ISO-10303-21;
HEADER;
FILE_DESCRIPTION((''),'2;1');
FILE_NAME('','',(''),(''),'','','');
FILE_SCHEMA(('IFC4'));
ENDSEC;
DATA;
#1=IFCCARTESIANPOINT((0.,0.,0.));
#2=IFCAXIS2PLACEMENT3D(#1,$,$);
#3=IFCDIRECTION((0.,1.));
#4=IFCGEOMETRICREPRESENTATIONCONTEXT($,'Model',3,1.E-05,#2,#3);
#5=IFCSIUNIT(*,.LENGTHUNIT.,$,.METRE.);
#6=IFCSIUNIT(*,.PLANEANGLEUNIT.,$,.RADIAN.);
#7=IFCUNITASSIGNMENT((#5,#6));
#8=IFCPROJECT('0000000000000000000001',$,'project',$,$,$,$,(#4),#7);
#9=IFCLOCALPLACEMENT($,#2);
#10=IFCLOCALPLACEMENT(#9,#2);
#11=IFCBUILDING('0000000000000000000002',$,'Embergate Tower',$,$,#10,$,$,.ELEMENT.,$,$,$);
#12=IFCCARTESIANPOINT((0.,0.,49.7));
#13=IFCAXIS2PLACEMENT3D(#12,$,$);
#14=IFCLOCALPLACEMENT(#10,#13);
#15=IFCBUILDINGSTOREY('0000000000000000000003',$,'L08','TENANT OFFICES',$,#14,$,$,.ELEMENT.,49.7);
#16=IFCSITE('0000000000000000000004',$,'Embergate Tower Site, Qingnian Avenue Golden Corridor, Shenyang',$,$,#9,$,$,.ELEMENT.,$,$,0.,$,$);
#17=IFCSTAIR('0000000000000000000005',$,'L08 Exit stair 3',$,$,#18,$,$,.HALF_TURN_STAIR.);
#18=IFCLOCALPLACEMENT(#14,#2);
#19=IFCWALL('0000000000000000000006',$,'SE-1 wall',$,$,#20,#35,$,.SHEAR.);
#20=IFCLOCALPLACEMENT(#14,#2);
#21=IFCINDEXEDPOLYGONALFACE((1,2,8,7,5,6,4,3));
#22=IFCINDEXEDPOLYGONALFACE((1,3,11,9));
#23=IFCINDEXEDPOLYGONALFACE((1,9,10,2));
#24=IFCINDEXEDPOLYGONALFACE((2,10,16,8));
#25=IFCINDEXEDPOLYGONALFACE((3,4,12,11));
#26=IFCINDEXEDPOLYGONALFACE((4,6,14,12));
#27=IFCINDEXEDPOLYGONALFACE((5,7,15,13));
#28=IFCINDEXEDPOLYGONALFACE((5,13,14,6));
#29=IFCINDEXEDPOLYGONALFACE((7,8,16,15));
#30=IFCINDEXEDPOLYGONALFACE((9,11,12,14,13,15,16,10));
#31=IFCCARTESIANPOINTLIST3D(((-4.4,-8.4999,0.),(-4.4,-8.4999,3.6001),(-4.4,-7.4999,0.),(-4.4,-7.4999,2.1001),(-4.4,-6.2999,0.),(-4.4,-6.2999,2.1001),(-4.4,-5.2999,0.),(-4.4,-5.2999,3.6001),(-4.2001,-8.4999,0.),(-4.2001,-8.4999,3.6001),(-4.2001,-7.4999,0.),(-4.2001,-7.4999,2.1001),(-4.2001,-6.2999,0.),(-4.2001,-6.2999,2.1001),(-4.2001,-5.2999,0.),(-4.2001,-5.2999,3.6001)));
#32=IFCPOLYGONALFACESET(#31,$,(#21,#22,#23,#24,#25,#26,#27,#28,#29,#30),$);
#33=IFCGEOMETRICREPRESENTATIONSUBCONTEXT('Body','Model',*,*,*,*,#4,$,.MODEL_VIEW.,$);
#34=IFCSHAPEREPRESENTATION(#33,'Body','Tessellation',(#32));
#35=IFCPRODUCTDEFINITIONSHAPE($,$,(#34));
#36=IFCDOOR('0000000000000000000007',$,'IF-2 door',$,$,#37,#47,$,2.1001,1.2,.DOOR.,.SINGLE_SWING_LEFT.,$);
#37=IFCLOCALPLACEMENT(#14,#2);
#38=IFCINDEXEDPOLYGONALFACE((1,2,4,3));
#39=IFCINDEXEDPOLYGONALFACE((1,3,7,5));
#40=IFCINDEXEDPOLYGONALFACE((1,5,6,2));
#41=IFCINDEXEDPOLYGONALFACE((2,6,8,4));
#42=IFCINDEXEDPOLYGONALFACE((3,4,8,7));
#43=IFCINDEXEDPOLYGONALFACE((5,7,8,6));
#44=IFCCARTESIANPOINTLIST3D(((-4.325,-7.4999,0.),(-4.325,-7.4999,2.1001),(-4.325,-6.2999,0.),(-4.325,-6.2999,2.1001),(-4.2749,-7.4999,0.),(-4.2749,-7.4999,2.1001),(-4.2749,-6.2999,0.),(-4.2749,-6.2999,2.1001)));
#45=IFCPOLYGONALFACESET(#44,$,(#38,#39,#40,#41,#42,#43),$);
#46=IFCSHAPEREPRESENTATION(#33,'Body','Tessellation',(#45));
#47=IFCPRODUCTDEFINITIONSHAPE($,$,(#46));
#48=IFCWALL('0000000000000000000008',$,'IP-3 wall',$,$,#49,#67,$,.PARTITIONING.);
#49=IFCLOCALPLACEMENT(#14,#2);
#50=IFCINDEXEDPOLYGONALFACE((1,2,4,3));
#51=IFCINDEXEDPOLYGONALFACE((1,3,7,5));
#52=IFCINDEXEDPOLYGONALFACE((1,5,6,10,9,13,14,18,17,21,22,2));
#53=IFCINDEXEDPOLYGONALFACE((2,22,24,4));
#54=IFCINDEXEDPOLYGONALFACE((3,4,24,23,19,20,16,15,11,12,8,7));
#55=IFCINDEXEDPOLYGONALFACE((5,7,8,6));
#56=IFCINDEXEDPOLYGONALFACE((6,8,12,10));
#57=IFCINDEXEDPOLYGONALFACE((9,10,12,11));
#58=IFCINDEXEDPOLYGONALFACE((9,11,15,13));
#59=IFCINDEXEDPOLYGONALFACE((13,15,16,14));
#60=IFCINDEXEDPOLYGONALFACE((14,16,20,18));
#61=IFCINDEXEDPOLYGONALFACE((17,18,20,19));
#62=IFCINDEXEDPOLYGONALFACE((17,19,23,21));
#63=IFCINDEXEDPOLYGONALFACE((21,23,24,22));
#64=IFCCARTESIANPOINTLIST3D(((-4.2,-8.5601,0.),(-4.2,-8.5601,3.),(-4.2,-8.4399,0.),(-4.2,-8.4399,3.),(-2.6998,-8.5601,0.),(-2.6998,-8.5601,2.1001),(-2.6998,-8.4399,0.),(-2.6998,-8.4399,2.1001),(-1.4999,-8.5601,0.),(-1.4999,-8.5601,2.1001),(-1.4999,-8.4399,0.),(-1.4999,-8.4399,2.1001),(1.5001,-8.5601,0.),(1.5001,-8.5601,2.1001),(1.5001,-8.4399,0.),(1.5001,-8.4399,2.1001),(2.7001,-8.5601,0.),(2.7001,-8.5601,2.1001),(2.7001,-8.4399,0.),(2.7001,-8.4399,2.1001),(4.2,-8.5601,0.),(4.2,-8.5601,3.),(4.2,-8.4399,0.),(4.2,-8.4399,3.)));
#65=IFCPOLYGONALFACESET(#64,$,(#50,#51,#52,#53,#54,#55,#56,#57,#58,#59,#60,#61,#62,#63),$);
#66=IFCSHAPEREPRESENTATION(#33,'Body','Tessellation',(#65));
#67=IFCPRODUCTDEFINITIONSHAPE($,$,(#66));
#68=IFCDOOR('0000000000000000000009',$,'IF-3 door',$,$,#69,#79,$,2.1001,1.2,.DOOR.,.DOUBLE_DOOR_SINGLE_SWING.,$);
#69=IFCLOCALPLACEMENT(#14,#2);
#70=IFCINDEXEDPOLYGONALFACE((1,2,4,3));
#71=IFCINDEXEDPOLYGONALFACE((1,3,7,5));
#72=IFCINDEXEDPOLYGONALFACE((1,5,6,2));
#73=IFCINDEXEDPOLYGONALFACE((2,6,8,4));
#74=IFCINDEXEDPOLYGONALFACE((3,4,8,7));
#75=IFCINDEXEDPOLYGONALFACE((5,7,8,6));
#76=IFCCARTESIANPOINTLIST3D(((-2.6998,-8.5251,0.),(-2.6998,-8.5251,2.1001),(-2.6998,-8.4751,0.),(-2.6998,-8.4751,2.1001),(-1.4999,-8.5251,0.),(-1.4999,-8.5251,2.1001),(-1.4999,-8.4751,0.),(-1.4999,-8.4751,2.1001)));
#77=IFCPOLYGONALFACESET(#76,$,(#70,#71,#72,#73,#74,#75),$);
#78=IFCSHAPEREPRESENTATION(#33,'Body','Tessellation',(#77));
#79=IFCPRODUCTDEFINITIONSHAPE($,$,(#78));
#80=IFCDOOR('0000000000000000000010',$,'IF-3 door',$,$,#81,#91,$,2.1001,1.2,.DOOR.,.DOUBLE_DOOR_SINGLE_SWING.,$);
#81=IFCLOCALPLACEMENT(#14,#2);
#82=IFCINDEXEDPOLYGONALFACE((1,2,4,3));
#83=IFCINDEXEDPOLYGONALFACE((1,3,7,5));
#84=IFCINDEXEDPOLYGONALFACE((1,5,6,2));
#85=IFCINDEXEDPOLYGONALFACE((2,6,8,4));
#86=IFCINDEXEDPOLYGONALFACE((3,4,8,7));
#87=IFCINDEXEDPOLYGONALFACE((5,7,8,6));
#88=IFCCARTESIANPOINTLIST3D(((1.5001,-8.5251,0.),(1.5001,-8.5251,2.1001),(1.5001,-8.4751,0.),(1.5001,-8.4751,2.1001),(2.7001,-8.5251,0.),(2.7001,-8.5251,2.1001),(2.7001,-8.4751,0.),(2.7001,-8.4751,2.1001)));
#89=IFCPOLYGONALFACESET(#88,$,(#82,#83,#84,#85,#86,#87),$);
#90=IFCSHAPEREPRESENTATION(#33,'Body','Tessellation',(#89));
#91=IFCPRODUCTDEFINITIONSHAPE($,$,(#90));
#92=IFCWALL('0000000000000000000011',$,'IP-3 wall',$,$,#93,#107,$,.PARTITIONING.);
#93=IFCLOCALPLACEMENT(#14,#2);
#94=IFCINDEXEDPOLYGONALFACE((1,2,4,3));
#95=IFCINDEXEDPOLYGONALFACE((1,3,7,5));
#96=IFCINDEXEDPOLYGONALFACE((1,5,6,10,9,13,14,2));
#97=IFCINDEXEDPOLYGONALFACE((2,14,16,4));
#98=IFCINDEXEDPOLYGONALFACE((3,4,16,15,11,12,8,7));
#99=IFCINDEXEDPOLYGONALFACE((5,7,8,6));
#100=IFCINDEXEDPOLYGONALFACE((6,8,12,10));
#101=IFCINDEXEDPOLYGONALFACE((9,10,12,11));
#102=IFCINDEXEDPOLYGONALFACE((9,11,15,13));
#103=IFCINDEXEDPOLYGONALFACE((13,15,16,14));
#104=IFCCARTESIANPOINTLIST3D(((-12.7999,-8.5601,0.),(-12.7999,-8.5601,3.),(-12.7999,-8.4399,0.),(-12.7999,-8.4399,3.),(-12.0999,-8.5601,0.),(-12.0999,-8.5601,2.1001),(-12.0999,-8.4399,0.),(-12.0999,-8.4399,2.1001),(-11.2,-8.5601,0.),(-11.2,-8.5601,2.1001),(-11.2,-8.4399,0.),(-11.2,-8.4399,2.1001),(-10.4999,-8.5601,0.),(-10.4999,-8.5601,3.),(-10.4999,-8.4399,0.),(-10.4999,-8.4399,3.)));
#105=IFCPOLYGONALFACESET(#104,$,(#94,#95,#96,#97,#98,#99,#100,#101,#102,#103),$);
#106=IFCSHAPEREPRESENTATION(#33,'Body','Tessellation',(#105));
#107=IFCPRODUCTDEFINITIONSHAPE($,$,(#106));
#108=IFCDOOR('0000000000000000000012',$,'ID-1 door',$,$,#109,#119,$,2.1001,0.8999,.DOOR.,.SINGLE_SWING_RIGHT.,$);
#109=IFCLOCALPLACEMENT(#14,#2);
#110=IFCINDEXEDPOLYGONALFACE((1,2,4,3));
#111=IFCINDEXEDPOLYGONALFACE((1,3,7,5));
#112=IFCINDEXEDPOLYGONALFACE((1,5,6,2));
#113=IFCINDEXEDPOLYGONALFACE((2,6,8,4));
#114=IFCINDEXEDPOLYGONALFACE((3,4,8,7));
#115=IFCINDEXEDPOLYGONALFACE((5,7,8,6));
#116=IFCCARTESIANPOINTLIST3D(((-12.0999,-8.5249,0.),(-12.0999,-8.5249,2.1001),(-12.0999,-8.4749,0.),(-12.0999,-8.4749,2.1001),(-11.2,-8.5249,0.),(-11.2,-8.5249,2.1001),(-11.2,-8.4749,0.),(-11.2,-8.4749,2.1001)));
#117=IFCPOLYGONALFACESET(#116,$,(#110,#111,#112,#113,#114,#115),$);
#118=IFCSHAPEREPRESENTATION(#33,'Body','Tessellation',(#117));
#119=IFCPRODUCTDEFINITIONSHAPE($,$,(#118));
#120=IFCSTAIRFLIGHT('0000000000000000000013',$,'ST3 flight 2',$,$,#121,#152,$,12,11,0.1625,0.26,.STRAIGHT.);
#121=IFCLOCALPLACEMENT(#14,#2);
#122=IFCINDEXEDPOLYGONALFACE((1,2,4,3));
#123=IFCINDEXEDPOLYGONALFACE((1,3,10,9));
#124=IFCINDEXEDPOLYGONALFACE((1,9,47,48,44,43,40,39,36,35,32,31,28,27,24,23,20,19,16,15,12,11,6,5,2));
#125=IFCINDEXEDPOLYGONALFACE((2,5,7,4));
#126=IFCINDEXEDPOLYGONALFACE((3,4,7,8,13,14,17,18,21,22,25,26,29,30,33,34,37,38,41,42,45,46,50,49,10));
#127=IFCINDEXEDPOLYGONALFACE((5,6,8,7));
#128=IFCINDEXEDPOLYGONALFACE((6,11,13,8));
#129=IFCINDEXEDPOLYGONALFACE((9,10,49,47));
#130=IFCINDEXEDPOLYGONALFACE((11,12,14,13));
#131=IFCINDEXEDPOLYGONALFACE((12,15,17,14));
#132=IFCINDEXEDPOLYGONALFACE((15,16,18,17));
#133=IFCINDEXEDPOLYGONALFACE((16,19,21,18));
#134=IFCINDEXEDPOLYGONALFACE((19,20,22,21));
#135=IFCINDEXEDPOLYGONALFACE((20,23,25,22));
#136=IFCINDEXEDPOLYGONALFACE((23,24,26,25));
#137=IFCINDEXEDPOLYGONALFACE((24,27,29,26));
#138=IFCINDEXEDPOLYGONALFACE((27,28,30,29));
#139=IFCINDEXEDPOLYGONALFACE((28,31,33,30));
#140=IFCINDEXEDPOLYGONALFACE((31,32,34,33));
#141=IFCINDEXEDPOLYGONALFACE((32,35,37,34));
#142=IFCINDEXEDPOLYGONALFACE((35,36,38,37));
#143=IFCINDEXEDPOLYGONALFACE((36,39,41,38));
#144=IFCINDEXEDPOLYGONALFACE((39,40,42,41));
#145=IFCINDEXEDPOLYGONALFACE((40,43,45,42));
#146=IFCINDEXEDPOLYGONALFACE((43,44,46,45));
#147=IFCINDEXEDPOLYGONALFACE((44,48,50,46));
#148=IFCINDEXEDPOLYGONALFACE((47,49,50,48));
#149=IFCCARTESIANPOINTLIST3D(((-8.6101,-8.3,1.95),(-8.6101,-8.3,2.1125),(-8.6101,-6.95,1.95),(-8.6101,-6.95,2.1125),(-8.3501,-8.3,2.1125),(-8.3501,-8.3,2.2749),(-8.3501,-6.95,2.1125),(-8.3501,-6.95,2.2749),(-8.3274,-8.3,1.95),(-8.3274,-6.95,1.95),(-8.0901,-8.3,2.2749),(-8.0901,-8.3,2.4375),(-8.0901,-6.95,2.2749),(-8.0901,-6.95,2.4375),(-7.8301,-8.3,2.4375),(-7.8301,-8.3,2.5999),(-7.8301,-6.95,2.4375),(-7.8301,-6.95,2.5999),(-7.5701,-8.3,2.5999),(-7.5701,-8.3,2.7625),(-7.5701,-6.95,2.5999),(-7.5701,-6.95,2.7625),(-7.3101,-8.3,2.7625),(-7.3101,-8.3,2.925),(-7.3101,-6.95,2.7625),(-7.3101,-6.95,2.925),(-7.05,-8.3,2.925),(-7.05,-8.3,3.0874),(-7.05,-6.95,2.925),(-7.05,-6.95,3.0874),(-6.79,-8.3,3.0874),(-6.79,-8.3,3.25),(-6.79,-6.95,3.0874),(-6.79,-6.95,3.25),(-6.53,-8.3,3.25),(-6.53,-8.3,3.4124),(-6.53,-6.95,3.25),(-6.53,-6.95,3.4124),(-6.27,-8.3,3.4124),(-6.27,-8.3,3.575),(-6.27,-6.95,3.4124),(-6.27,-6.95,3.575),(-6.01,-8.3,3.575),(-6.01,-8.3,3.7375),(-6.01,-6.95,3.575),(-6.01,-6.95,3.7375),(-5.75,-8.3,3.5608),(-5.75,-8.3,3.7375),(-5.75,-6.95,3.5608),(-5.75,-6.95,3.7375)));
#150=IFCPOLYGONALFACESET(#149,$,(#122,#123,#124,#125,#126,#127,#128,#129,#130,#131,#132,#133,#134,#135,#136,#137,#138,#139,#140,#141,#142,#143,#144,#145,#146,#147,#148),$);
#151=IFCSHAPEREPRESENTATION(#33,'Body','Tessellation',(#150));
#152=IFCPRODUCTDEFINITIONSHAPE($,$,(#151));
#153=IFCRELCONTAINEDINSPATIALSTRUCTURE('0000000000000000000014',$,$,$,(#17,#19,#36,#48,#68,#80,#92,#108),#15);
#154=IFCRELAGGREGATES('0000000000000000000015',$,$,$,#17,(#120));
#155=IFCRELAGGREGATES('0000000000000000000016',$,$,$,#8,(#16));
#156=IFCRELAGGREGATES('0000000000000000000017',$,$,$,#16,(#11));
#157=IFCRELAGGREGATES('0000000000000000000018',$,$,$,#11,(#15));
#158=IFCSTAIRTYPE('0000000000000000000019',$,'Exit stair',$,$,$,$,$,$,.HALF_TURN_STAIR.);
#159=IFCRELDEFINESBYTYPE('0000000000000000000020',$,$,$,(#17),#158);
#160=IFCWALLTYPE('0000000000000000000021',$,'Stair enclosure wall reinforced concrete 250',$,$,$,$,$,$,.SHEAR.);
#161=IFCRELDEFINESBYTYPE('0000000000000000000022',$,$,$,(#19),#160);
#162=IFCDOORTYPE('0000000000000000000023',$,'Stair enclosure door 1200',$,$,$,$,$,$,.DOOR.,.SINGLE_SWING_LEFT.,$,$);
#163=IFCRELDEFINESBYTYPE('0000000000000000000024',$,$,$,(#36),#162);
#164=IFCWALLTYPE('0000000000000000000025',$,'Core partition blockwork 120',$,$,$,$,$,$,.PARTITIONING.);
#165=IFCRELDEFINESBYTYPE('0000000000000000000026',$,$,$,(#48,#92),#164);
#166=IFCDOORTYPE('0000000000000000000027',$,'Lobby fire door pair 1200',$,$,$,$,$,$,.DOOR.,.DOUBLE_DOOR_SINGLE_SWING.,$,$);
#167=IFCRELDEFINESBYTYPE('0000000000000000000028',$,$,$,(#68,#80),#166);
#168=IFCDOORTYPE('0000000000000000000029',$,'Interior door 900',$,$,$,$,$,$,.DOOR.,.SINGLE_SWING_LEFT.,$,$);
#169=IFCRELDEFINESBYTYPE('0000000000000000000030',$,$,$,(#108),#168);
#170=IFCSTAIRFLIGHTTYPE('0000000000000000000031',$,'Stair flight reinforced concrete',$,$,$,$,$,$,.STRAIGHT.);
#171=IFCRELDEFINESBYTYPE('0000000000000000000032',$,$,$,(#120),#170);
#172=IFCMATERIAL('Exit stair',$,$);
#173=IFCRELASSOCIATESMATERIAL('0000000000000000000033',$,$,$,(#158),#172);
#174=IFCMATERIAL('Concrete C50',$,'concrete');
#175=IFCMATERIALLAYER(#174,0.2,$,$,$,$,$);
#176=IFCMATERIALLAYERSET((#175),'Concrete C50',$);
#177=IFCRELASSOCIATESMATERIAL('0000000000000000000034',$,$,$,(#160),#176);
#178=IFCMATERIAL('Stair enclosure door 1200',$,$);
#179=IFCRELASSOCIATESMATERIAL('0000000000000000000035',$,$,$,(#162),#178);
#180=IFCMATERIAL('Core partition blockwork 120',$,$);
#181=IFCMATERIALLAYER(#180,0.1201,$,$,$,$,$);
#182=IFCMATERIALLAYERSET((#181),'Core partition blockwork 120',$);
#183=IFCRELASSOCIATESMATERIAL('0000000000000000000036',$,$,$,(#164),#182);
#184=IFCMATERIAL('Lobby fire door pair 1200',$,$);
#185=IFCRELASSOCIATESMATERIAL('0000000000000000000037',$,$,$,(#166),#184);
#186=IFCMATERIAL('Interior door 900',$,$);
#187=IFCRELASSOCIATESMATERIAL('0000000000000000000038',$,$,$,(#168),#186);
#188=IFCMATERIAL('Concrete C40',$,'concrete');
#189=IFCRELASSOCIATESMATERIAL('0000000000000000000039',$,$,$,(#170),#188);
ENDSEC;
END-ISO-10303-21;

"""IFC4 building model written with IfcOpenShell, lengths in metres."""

from ifc_helpers import new_model, si_unit, direction, frame, frame_2d, origin, place, context, subcontext, project, spatial, polyline, rectangle, outline, extrude, source, transform, mapped, material, layer, layer_set, type_object, element, fill, aggregate, save


model = new_model("IFC4")

# Units and contexts
model_context = context("Model", 3, precision=1e-05, world=origin(), true_north=direction((0.0, 1.0)))
body_context = subcontext(model_context, "Body", "Model", "MODEL_VIEW")
ifc_project = project(units=[si_unit("LENGTHUNIT", "METRE"), si_unit("PLANEANGLEUNIT", "RADIAN")], contexts=[model_context])

# Site, building, storey
site_placement = place(None, origin())
site = spatial("IfcSite", under=ifc_project, at=site_placement, Name="Embergate Tower Site, Qingnian Avenue Golden Corridor, Shenyang", CompositionType="ELEMENT", RefElevation=0.0)
building_placement = place(site_placement, origin())
building = spatial("IfcBuilding", under=site, at=building_placement, Name="Embergate Tower", CompositionType="ELEMENT")
storey_placement = place(building_placement, frame((0.0, 0.0, 49.7)))
storey = spatial("IfcBuildingStorey", under=building, at=storey_placement, Name="L08", Description="TENANT OFFICES", CompositionType="ELEMENT", Elevation=49.7)

# Stair
ifc_material_1 = material(Name="Exit stair")
stair_type = type_object("IfcStairType", Name="Exit stair", PredefinedType="HALF_TURN_STAIR", material=ifc_material_1)
stair_placement = place(storey_placement, origin())
stair = element("IfcStair", 1, at=stair_placement, inside=storey, type_object=stair_type, Name="L08 Exit stair 3", PredefinedType="HALF_TURN_STAIR")
ifc_material_2 = material(Name="Concrete C40", Category="concrete")

# Shared definitions
shared_shape_1 = source(origin(), body_context, "Body", "SweptSolid", [
    extrude(rectangle(XDim=1.2, YDim=2.1001, at=frame_2d((0.6001, 1.05))), frame((0.0, 0.0249, 0.0), z_axis=(0.0, -1.0, 0.0), x_axis=(1.0, 0.0, 0.0)), (0.0, 0.0, 1.0), 0.05),
])

# Shared definitions
ifc_material_3 = material(Name="Concrete C50", Category="concrete")
ifc_layer_1 = layer(ifc_material_3, 0.2)
ifc_layer_set_1 = layer_set([ifc_layer_1], Name="Concrete C50")
wall_type_1 = type_object("IfcWallType", Name="Stair enclosure wall reinforced concrete 250", PredefinedType="SHEAR", material=ifc_layer_set_1)

# Wall, opening, door
shared_shape_2 = source(origin(), body_context, "Body", "SweptSolid", [
    extrude(rectangle(XDim=3.2, YDim=0.2, at=frame_2d((1.6001, 0.0))), origin(), (0.0, 0.0, 1.0), 3.6001),
])
wall_1_placement = place(storey_placement, frame((-4.3, -8.5, 0.0), z_axis=(0.0, 0.0, 1.0), x_axis=(0.0, 1.0, 0.0)))
wall_1 = element("IfcWall", 2, at=wall_1_placement, inside=storey, type_object=wall_type_1, Name="SE-1 wall", PredefinedType="SHEAR", context=body_context, shape_type="MappedRepresentation", body=[
    mapped(shared_shape_2, transform((0.0, 0.0, 0.0))),
])
shared_shape_3 = source(origin(), body_context, "Body", "SweptSolid", [
    extrude(rectangle(XDim=1.2, YDim=2.1001, at=frame_2d((0.6001, 1.05))), frame((0.0, 0.1099, 0.0), z_axis=(0.0, -1.0, 0.0), x_axis=(1.0, 0.0, 0.0)), (0.0, 0.0, 1.0), 0.22),
])
opening_1_placement = place(wall_1_placement, frame((1.0, 0.0, 0.0)))
opening_1 = element("IfcOpeningElement", 3, at=opening_1_placement, cuts=wall_1, PredefinedType="OPENING", context=body_context, shape_type="MappedRepresentation", body=[
    mapped(shared_shape_3, transform((0.0, 0.0, 0.0))),
])
ifc_material_4 = material(Name="Stair enclosure door 1200")
door_type_1 = type_object("IfcDoorType", Name="Stair enclosure door 1200", OperationType="SINGLE_SWING_LEFT", PredefinedType="DOOR", material=ifc_material_4)
door_1_placement = place(opening_1_placement, origin())
door_1 = element("IfcDoor", 4, at=door_1_placement, inside=storey, type_object=door_type_1, Name="IF-2 door", OperationType="SINGLE_SWING_LEFT", OverallHeight=2.1001, OverallWidth=1.2, PredefinedType="DOOR", context=body_context, shape_type="MappedRepresentation", body=[
    mapped(shared_shape_1, transform((0.0, 0.0, 0.0))),
])
fill(opening_1, door_1)

# Wall, openings, doors
ifc_material_5 = material(Name="Core partition blockwork 120")
ifc_layer_2 = layer(ifc_material_5, 0.1201)
ifc_layer_set_2 = layer_set([ifc_layer_2], Name="Core partition blockwork 120")
wall_type_2 = type_object("IfcWallType", Name="Core partition blockwork 120", PredefinedType="PARTITIONING", material=ifc_layer_set_2)
shared_shape_4 = source(origin(), body_context, "Body", "SweptSolid", [
    extrude(rectangle(XDim=8.3999, YDim=0.1201, at=frame_2d((4.2, 0.0))), origin(), (0.0, 0.0, 1.0), 3.0),
])
wall_2_placement = place(storey_placement, frame((-4.2, -8.5, 0.0), z_axis=(0.0, 0.0, 1.0), x_axis=(1.0, 0.0, 0.0)))
wall_2 = element("IfcWall", 5, at=wall_2_placement, inside=storey, type_object=wall_type_2, Name="IP-3 wall", PredefinedType="PARTITIONING", context=body_context, shape_type="MappedRepresentation", body=[
    mapped(shared_shape_4, transform((0.0, 0.0, 0.0))),
])
shared_shape_5 = source(origin(), body_context, "Body", "SweptSolid", [
    extrude(rectangle(XDim=1.2, YDim=2.1001, at=frame_2d((0.6001, 1.05))), frame((0.0, 0.0701, 0.0), z_axis=(0.0, -1.0, 0.0), x_axis=(1.0, 0.0, 0.0)), (0.0, 0.0, 1.0), 0.1401),
])
opening_2_placement = place(wall_2_placement, frame((1.5, 0.0, 0.0)))
opening_2 = element("IfcOpeningElement", 6, at=opening_2_placement, cuts=wall_2, PredefinedType="OPENING", context=body_context, shape_type="MappedRepresentation", body=[
    mapped(shared_shape_5, transform((0.0, 0.0, 0.0))),
])
opening_3_placement = place(wall_2_placement, frame((5.7, 0.0, 0.0)))
opening_3 = element("IfcOpeningElement", 7, at=opening_3_placement, cuts=wall_2, PredefinedType="OPENING", context=body_context, shape_type="MappedRepresentation", body=[
    mapped(shared_shape_5, transform((0.0, 0.0, 0.0))),
])
ifc_material_6 = material(Name="Lobby fire door pair 1200")
door_type_2 = type_object("IfcDoorType", Name="Lobby fire door pair 1200", OperationType="DOUBLE_DOOR_SINGLE_SWING", PredefinedType="DOOR", material=ifc_material_6)
door_2_placement = place(opening_2_placement, origin())
door_2 = element("IfcDoor", 8, at=door_2_placement, inside=storey, type_object=door_type_2, Name="IF-3 door", OperationType="DOUBLE_DOOR_SINGLE_SWING", OverallHeight=2.1001, OverallWidth=1.2, PredefinedType="DOOR", context=body_context, shape_type="MappedRepresentation", body=[
    mapped(shared_shape_1, transform((0.0, 0.0, 0.0))),
])
fill(opening_2, door_2)
door_3_placement = place(opening_3_placement, origin())
door_3 = element("IfcDoor", 9, at=door_3_placement, inside=storey, type_object=door_type_2, Name="IF-3 door", OperationType="DOUBLE_DOOR_SINGLE_SWING", OverallHeight=2.1001, OverallWidth=1.2, PredefinedType="DOOR", context=body_context, shape_type="MappedRepresentation", body=[
    mapped(shared_shape_1, transform((0.0, 0.0, 0.0))),
])
fill(opening_3, door_3)

# Wall, opening, door
shared_shape_6 = source(origin(), body_context, "Body", "SweptSolid", [
    extrude(rectangle(XDim=2.3, YDim=0.1201, at=frame_2d((1.1499, 0.0))), origin(), (0.0, 0.0, 1.0), 3.0),
])
wall_3_placement = place(storey_placement, frame((-10.5, -8.5, 0.0), z_axis=(0.0, 0.0, 1.0), x_axis=(-1.0, 0.0, 0.0)))
wall_3 = element("IfcWall", 10, at=wall_3_placement, inside=storey, type_object=wall_type_2, Name="IP-3 wall", PredefinedType="PARTITIONING", context=body_context, shape_type="MappedRepresentation", body=[
    mapped(shared_shape_6, transform((0.0, 0.0, 0.0))),
])
shared_shape_7 = source(origin(), body_context, "Body", "SweptSolid", [
    extrude(rectangle(XDim=0.8999, YDim=2.1001, at=frame_2d((0.45, 1.05))), frame((0.0, 0.0701, 0.0), z_axis=(0.0, -1.0, 0.0), x_axis=(1.0, 0.0, 0.0)), (0.0, 0.0, 1.0), 0.1401),
])
opening_4_placement = place(wall_3_placement, frame((0.7, 0.0, 0.0)))
opening_4 = element("IfcOpeningElement", 11, at=opening_4_placement, cuts=wall_3, PredefinedType="OPENING", context=body_context, shape_type="MappedRepresentation", body=[
    mapped(shared_shape_7, transform((0.0, 0.0, 0.0))),
])
ifc_material_7 = material(Name="Interior door 900")
door_type_3 = type_object("IfcDoorType", Name="Interior door 900", OperationType="SINGLE_SWING_LEFT", PredefinedType="DOOR", material=ifc_material_7)
shared_shape_8 = source(origin(), body_context, "Body", "SweptSolid", [
    extrude(rectangle(XDim=0.8999, YDim=2.1001, at=frame_2d((0.45, 1.05))), frame((0.0, 0.0249, 0.0), z_axis=(0.0, -1.0, 0.0), x_axis=(1.0, 0.0, 0.0)), (0.0, 0.0, 1.0), 0.05),
])
door_4_placement = place(opening_4_placement, origin())
door_4 = element("IfcDoor", 12, at=door_4_placement, inside=storey, type_object=door_type_3, Name="ID-1 door", OperationType="SINGLE_SWING_RIGHT", OverallHeight=2.1001, OverallWidth=0.8999, PredefinedType="DOOR", context=body_context, shape_type="MappedRepresentation", body=[
    mapped(shared_shape_8, transform((0.0, 0.0, 0.0))),
])
fill(opening_4, door_4)

# Stair flight
stair_flight_type = type_object("IfcStairFlightType", Name="Stair flight reinforced concrete", PredefinedType="STRAIGHT", material=ifc_material_2)
shared_shape_9 = source(origin(), body_context, "Body", "SweptSolid", [
    extrude(outline(polyline([(0.0, 0.0), (0.0, 0.1626), (0.26, 0.1626), (0.26, 0.325), (0.52, 0.325), (0.52, 0.4875), (0.78, 0.4875), (0.78, 0.6499), (1.04, 0.6499), (1.04, 0.8125), (1.3, 0.8125), (1.3, 0.9751), (1.5601, 0.9751), (1.5601, 1.1375), (1.8201, 1.1375), (1.8201, 1.3), (2.0801, 1.3), (2.0801, 1.4624), (2.3401, 1.4624), (2.3401, 1.625), (2.6001, 1.625), (2.6001, 1.7876), (2.8601, 1.7876), (2.8601, 1.95), (2.8601, 1.6108), (0.2827, 0.0), (0.0, 0.0)])), frame((0.0, 0.675, 0.0), z_axis=(0.0, -1.0, 0.0), x_axis=(1.0, 0.0, 0.0)), (0.0, 0.0, 1.0), 1.3501),
])
stair_flight_placement = place(storey_placement, frame((-8.6101, -7.625, 1.95), z_axis=(0.0, 0.0, 1.0), x_axis=(1.0, 0.0, 0.0)))
stair_flight = element("IfcStairFlight", 13, at=stair_flight_placement, type_object=stair_flight_type, Name="ST3 flight 2", NumberOfRisers=12, NumberOfTreads=11, PredefinedType="STRAIGHT", RiserHeight=0.1625, TreadLength=0.26, context=body_context, shape_type="MappedRepresentation", body=[
    mapped(shared_shape_9, transform((0.0, 0.0, 0.0))),
])
aggregate(stair, [stair_flight])

save(model, "model.ifc")
